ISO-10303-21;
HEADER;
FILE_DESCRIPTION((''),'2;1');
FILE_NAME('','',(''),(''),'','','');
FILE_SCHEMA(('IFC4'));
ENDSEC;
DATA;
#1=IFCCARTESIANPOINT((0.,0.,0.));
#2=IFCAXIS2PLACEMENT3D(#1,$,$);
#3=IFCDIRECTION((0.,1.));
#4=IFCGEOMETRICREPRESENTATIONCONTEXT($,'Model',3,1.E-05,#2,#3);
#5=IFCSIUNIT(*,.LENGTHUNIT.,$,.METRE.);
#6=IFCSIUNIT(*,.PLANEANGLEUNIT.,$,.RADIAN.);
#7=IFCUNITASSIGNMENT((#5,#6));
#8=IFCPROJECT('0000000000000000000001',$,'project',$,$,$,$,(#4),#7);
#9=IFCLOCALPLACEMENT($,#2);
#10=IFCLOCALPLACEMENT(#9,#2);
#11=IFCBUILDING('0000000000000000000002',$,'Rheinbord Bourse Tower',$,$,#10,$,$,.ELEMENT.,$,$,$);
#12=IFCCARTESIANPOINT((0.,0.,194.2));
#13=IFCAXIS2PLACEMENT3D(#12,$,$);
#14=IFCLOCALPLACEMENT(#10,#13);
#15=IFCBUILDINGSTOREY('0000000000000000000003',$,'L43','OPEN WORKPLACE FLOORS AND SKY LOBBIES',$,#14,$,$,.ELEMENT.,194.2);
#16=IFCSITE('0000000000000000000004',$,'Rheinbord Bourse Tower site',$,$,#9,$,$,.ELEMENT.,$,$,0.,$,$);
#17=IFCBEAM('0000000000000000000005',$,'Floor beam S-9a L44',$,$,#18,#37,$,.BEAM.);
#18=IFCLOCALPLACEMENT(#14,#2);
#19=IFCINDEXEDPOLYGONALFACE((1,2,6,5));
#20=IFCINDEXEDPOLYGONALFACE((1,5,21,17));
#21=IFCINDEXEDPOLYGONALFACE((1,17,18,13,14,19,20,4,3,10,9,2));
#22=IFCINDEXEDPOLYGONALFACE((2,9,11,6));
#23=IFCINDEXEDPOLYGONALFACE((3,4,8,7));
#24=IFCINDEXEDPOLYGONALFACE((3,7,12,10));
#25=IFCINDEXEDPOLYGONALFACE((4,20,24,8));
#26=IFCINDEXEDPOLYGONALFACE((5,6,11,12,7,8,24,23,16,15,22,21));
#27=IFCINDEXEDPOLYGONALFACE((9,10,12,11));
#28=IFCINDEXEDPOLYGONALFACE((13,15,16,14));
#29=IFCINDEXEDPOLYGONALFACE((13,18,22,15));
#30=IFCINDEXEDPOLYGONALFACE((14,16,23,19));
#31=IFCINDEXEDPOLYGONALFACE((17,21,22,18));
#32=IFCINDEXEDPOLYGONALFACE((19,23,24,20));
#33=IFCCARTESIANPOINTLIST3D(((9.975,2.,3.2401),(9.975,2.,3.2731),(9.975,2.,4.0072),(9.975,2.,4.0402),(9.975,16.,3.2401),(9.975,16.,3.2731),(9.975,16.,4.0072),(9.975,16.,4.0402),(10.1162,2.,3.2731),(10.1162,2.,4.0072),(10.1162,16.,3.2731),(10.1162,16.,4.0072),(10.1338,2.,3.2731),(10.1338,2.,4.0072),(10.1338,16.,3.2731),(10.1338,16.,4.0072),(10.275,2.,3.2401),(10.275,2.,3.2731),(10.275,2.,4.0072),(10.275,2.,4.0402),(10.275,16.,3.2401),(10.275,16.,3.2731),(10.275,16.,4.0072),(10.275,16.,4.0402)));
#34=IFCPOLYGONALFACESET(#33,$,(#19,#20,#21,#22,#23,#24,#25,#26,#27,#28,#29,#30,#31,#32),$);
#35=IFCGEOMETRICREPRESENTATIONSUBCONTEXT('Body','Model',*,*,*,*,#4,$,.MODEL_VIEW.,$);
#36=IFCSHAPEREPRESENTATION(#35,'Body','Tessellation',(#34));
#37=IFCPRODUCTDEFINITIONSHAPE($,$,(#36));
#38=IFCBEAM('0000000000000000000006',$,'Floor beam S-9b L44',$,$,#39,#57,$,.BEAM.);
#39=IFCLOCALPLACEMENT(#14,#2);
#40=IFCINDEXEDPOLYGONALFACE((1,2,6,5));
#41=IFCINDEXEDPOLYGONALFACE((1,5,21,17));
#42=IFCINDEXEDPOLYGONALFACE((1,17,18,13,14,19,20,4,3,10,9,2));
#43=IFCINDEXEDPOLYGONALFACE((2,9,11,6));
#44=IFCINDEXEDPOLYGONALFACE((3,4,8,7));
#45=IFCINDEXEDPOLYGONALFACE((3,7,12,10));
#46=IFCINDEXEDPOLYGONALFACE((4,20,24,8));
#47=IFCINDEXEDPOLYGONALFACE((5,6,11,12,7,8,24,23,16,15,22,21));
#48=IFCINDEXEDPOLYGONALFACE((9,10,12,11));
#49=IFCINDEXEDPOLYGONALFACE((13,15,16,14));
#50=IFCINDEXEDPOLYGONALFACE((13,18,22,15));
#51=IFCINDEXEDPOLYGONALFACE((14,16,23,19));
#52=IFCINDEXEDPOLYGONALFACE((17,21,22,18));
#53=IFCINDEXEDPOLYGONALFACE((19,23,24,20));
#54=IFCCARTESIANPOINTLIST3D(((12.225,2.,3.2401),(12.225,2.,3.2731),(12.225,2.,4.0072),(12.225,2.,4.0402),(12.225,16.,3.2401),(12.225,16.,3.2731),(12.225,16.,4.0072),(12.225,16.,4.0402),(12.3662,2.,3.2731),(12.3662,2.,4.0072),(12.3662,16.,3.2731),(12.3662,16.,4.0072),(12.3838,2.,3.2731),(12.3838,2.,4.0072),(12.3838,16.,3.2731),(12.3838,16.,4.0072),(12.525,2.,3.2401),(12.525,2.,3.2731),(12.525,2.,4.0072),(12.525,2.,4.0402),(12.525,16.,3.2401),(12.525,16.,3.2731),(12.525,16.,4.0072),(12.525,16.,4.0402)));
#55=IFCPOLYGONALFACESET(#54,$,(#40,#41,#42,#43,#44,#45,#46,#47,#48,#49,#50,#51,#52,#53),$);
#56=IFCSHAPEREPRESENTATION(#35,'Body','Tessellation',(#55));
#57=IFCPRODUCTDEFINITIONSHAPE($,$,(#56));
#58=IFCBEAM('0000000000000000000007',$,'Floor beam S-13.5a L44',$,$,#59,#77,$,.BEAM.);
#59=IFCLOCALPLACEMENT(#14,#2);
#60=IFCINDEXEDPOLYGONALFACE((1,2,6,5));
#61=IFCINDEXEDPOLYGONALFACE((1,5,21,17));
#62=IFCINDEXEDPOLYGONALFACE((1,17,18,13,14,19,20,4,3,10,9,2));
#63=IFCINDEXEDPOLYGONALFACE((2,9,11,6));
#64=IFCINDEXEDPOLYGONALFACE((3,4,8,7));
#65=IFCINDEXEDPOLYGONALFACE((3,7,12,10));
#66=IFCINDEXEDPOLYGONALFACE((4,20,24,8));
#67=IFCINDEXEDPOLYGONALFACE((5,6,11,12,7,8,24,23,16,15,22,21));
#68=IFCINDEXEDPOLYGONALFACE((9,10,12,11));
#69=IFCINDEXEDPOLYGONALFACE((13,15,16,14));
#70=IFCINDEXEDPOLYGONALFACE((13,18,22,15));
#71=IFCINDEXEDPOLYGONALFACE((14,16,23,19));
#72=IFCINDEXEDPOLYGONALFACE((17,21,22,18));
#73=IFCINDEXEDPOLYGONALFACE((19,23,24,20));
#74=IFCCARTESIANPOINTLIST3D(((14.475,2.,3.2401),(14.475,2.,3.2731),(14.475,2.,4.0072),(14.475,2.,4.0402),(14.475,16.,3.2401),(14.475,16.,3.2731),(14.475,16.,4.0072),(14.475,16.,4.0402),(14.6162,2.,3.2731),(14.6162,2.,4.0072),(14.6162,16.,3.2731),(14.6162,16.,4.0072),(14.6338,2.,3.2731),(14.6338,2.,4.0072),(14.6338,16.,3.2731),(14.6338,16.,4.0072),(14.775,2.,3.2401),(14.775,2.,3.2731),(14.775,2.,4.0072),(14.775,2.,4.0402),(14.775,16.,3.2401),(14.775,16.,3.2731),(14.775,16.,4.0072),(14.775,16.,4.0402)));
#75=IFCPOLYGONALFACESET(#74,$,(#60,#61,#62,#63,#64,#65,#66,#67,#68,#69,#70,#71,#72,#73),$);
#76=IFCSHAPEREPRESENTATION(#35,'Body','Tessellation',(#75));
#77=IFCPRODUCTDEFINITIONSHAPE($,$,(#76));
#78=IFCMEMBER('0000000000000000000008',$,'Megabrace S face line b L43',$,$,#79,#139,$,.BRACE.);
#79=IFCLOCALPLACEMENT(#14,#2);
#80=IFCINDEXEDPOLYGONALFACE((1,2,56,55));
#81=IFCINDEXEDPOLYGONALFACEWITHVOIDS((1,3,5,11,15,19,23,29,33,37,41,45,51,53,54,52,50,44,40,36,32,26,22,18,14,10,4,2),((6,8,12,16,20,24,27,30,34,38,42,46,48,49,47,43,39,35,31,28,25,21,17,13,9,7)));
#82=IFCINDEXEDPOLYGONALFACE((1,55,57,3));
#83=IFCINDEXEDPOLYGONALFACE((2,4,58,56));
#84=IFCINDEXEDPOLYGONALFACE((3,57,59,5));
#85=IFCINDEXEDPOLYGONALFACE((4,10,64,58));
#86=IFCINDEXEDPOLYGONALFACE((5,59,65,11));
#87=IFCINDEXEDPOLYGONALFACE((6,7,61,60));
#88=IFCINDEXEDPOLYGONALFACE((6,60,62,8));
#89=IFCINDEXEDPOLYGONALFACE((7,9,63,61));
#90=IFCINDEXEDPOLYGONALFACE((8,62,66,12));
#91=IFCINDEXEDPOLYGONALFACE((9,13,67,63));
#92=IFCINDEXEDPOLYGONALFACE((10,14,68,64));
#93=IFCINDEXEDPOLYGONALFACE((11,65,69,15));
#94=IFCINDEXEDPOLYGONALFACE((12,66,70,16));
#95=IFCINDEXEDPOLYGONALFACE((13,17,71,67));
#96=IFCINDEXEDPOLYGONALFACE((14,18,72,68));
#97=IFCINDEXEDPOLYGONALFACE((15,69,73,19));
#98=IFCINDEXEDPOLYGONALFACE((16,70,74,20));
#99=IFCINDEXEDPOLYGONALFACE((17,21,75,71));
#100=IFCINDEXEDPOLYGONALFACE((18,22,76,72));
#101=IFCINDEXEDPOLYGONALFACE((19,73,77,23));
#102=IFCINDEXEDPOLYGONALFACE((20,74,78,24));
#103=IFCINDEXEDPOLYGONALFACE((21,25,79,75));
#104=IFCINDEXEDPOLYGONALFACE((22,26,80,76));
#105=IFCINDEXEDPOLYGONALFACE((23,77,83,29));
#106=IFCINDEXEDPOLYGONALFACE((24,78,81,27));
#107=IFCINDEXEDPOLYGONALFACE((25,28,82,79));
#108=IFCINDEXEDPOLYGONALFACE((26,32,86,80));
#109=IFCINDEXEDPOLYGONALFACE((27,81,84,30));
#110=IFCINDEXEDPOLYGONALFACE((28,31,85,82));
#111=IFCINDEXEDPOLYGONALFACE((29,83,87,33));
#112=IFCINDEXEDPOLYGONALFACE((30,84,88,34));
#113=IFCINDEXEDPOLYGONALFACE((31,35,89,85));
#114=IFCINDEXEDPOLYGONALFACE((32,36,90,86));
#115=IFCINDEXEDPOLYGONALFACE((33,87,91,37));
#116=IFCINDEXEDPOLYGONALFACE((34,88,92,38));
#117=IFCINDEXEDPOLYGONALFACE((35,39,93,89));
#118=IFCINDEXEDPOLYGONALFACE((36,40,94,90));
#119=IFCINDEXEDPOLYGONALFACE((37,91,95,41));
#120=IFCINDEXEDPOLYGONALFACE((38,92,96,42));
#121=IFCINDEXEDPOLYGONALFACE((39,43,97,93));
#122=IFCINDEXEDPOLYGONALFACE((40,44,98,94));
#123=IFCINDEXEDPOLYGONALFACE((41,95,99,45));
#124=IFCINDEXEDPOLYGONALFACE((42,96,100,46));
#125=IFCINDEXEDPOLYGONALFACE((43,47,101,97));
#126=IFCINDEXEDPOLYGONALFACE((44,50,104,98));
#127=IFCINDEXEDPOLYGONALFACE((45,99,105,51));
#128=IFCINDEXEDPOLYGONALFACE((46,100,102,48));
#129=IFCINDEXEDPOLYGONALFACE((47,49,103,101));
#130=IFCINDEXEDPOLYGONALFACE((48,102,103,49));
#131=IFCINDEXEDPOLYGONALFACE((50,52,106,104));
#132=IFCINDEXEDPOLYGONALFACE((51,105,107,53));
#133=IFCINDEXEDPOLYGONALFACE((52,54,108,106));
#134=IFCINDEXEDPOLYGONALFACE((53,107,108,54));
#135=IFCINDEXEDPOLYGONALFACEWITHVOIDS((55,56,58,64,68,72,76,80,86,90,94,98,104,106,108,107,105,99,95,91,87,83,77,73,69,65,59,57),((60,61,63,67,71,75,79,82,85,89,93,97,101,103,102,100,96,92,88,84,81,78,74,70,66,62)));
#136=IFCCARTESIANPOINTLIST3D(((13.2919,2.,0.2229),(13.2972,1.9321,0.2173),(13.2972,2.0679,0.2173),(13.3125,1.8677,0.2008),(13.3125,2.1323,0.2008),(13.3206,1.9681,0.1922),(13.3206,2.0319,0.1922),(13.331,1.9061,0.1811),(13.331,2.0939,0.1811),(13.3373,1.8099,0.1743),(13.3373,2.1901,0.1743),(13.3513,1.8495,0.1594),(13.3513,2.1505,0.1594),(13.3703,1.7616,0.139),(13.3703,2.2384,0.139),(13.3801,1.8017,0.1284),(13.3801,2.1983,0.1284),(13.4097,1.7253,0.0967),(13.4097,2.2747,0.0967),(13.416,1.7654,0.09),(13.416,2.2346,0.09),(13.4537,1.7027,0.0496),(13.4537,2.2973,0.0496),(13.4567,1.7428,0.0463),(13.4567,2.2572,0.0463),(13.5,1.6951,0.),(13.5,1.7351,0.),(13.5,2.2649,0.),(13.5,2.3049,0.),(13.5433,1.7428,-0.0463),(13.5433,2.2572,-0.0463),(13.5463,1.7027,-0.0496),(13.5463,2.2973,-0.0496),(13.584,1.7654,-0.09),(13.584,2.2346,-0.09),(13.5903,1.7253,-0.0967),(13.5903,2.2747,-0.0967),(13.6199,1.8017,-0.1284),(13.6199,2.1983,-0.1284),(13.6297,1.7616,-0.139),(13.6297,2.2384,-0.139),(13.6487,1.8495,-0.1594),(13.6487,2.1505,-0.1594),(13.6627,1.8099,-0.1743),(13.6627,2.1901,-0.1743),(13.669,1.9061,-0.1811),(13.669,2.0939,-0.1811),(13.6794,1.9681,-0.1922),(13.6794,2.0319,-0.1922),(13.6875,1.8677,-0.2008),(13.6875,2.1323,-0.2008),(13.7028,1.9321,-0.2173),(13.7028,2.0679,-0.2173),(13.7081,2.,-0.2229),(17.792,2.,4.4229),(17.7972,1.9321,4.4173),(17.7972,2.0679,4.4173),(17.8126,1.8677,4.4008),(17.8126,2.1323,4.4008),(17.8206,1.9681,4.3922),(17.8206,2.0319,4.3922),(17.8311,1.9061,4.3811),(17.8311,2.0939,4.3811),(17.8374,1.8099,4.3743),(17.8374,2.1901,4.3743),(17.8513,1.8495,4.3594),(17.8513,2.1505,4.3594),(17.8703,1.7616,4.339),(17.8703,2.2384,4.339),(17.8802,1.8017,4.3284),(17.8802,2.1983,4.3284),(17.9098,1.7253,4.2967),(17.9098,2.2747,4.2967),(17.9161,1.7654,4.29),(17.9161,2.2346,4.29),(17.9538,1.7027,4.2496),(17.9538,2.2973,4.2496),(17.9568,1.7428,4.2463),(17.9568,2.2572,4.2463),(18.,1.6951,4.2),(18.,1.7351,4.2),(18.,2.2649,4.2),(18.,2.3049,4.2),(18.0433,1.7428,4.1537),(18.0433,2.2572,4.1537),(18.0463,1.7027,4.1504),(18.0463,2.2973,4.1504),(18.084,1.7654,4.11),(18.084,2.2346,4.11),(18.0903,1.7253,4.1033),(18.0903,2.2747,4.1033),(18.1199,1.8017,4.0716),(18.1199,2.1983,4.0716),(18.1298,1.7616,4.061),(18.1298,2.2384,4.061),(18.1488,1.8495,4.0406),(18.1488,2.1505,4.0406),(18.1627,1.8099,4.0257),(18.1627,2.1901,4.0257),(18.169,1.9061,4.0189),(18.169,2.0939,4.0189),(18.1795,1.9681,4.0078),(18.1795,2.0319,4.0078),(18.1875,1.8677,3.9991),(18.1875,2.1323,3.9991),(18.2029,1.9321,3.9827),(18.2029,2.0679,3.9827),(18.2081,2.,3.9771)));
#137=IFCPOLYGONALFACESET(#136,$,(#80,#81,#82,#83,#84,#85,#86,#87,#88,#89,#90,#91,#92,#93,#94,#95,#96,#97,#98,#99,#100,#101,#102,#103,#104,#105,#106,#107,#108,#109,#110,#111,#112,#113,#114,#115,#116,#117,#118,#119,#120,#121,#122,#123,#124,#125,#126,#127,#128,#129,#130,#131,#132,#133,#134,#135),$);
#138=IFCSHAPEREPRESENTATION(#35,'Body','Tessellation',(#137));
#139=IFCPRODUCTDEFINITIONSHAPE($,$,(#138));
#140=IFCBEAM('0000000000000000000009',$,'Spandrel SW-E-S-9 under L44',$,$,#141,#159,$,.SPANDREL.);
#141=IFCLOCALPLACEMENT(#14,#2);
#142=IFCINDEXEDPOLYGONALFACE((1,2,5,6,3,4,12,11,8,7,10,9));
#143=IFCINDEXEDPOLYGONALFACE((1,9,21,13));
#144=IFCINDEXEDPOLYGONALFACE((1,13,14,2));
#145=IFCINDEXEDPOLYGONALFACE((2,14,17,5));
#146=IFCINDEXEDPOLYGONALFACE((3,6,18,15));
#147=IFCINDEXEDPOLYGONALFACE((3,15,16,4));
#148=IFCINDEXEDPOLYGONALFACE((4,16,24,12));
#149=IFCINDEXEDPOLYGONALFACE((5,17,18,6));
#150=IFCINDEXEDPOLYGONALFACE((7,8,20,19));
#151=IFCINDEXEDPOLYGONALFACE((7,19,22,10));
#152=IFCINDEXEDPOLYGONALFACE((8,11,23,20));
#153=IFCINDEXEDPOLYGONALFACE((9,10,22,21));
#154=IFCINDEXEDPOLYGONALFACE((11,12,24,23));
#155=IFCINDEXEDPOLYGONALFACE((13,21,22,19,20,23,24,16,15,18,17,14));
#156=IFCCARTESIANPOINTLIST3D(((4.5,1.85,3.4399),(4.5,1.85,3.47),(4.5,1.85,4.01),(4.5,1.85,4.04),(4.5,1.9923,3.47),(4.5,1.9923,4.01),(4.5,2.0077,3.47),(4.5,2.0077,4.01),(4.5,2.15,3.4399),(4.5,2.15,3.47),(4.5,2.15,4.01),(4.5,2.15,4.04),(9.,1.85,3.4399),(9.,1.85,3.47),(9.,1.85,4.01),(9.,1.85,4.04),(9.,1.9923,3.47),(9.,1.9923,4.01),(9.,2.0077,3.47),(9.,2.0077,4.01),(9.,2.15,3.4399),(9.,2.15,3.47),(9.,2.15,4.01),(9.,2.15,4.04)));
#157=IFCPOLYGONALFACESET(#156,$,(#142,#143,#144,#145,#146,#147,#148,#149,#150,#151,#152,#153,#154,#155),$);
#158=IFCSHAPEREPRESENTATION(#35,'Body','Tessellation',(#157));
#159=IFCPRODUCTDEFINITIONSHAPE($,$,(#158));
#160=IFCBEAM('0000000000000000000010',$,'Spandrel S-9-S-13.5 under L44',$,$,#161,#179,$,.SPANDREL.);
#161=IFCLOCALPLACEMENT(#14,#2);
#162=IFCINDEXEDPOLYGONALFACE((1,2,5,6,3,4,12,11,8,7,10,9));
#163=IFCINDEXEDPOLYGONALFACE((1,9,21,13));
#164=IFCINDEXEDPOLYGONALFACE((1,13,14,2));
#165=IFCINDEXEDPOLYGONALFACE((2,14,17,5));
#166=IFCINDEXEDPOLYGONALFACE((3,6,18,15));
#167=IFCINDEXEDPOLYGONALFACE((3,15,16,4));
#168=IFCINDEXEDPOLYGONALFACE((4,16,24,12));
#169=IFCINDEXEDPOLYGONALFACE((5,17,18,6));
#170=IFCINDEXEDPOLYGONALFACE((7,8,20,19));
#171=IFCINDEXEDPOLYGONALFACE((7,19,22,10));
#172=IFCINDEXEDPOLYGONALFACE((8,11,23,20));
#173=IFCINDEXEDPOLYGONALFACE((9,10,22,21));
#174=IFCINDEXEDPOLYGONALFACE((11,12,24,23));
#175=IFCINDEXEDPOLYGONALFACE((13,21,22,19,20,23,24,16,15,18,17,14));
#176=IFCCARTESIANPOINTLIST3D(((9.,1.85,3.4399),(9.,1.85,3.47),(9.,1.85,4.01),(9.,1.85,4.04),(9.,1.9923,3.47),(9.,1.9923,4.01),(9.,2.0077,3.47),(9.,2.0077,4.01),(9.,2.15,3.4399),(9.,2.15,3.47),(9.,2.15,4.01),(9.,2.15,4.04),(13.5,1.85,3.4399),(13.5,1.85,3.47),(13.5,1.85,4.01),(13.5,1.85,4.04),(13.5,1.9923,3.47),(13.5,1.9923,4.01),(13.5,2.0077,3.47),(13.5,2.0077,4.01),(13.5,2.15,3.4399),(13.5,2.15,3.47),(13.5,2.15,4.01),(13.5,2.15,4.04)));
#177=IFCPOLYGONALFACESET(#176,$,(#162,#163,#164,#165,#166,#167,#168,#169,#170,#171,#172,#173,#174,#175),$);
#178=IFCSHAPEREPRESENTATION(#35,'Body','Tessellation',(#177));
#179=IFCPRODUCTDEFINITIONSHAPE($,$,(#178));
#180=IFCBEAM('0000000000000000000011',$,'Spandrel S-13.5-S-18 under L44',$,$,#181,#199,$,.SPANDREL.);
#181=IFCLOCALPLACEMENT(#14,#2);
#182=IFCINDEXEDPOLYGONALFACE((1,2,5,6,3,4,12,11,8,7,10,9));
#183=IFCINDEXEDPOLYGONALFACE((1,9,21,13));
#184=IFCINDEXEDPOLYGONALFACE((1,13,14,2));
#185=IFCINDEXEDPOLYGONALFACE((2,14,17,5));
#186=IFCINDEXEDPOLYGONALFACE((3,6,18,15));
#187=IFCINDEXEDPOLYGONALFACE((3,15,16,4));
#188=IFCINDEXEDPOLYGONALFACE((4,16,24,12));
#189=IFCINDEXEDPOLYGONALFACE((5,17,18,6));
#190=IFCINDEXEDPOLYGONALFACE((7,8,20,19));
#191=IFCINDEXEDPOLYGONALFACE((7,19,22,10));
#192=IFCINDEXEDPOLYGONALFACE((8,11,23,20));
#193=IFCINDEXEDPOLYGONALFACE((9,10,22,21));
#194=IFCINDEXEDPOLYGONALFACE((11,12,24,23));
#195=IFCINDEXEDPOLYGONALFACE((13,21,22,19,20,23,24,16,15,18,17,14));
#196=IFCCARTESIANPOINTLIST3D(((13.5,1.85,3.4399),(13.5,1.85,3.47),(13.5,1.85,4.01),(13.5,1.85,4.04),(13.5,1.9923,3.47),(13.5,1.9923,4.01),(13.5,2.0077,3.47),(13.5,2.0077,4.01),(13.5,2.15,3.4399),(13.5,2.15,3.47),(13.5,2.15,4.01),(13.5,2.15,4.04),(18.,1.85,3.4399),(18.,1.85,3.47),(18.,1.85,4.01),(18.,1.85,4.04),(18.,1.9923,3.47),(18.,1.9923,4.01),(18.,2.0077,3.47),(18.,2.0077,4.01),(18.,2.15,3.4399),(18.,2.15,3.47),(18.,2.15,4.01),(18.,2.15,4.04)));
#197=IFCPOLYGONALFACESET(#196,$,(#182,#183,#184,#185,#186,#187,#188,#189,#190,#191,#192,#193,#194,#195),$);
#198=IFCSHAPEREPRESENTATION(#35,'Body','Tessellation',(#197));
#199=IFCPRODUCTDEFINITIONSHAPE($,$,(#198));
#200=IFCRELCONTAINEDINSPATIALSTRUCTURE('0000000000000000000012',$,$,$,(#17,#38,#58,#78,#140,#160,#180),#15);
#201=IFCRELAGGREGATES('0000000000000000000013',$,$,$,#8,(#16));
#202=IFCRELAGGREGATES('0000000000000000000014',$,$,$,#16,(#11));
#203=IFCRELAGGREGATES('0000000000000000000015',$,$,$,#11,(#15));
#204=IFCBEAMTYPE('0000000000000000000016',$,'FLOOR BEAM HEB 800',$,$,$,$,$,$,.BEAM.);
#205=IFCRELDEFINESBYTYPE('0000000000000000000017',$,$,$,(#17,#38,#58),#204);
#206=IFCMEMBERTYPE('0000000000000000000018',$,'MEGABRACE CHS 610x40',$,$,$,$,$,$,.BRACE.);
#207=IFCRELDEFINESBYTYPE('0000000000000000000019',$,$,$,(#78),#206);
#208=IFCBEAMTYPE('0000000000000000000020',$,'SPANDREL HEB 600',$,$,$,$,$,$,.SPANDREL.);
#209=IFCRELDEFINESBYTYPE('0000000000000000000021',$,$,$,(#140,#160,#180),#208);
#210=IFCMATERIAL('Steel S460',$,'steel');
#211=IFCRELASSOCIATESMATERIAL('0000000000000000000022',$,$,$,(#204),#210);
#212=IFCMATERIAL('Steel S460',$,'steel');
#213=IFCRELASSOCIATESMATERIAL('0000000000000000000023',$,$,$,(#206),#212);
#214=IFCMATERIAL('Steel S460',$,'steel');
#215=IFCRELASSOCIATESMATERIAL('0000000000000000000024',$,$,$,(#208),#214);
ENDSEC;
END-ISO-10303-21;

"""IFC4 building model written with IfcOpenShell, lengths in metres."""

from ifc_helpers import new_model, si_unit, direction, frame, origin, origin_2d, place, context, subcontext, project, spatial, hollow_circle, i_section, extrude, material, material_profile, profile_set, type_object, element, save


model = new_model("IFC4")

# Units and contexts
model_context = context("Model", 3, precision=1e-05, world=origin(), true_north=direction((0.0, 1.0)))
body_context = subcontext(model_context, "Body", "Model", "MODEL_VIEW")
ifc_project = project(units=[si_unit("LENGTHUNIT", "METRE"), si_unit("PLANEANGLEUNIT", "RADIAN")], contexts=[model_context])

# Site, building, storey
site_placement = place(None, origin())
site = spatial("IfcSite", under=ifc_project, at=site_placement, Name="Rheinbord Bourse Tower site", CompositionType="ELEMENT", RefElevation=0.0)
building_placement = place(site_placement, origin())
building = spatial("IfcBuilding", under=site, at=building_placement, Name="Rheinbord Bourse Tower", CompositionType="ELEMENT")
storey_placement = place(building_placement, frame((0.0, 0.0, 194.2)))
storey = spatial("IfcBuildingStorey", under=building, at=storey_placement, Name="L43", Description="OPEN WORKPLACE FLOORS AND SKY LOBBIES", CompositionType="ELEMENT", Elevation=194.2)

# Beams
ifc_material_1 = material(Name="Steel S460", Category="steel")
ifc_material_profile_1 = material_profile(ifc_material_1, i_section(OverallWidth=0.3, OverallDepth=0.8, WebThickness=0.0176, FlangeThickness=0.033, at=origin_2d()), Name="HEB 800")
ifc_profile_set_1 = profile_set([ifc_material_profile_1], Name="Steel S460")
beam_type_1 = type_object("IfcBeamType", Name="FLOOR BEAM HEB 800", PredefinedType="BEAM", material=ifc_profile_set_1)
for number, where, z_axis, x_axis, name in (
    (1, (10.125, 2.0, 3.6401), (0.0, 1.0, 0.0), (-1.0, 0.0, 0.0), "Floor beam S-9a L44"),
    (2, (12.375, 2.0, 3.6401), (0.0, 1.0, 0.0), (-1.0, 0.0, 0.0), "Floor beam S-9b L44"),
    (3, (14.625, 2.0, 3.6401), (0.0, 1.0, 0.0), (-1.0, 0.0, 0.0), "Floor beam S-13.5a L44"),
):
    element("IfcBeam", number, at=place(storey_placement, frame(where, z_axis=z_axis, x_axis=x_axis)), inside=storey, type_object=beam_type_1, Name=name, PredefinedType="BEAM", context=body_context, shape_type="SweptSolid", body=[
        extrude(i_section(OverallWidth=0.3, OverallDepth=0.8, WebThickness=0.0176, FlangeThickness=0.033, at=origin_2d()), origin(), (0.0, 0.0, 1.0), 14.0),
    ])

# Member
ifc_material_2 = material(Name="Steel S460", Category="steel")
ifc_material_profile_2 = material_profile(ifc_material_2, hollow_circle(Radius=0.3049, WallThickness=0.04, at=origin_2d()), Name="CHS 610x40")
ifc_profile_set_2 = profile_set([ifc_material_profile_2], Name="Steel S460")
member_type_1 = type_object("IfcMemberType", Name="MEGABRACE CHS 610x40", PredefinedType="BRACE", material=ifc_profile_set_2)
member_1_placement = place(storey_placement, frame((13.5, 2.0, 0.0), z_axis=(0.731059, 0.0, 0.682314), x_axis=(0.0, 1.0, 0.0)))
element("IfcMember", 4, at=member_1_placement, inside=storey, type_object=member_type_1, Name="Megabrace S face line b L43", PredefinedType="BRACE", context=body_context, shape_type="SweptSolid", body=[
    extrude(hollow_circle(Radius=0.3049, WallThickness=0.04, at=origin_2d()), origin(), (0.0, 0.0, 1.0), 6.1555),
])

# Beams
ifc_material_3 = material(Name="Steel S460", Category="steel")
ifc_material_profile_3 = material_profile(ifc_material_3, i_section(OverallWidth=0.3, OverallDepth=0.6001, WebThickness=0.0154, FlangeThickness=0.03, at=origin_2d()), Name="HEB 600")
ifc_profile_set_3 = profile_set([ifc_material_profile_3], Name="Steel S460")
beam_type_2 = type_object("IfcBeamType", Name="SPANDREL HEB 600", PredefinedType="SPANDREL", material=ifc_profile_set_3)
for number, where, z_axis, x_axis, name in (
    (5, (4.5, 2.0, 3.74), (1.0, 0.0, 0.0), (0.0, 1.0, 0.0), "Spandrel SW-E-S-9 under L44"),
    (6, (9.0, 2.0, 3.74), (1.0, 0.0, 0.0), (0.0, 1.0, 0.0), "Spandrel S-9-S-13.5 under L44"),
    (7, (13.5, 2.0, 3.74), (1.0, 0.0, 0.0), (0.0, 1.0, 0.0), "Spandrel S-13.5-S-18 under L44"),
):
    element("IfcBeam", number, at=place(storey_placement, frame(where, z_axis=z_axis, x_axis=x_axis)), inside=storey, type_object=beam_type_2, Name=name, PredefinedType="SPANDREL", context=body_context, shape_type="SweptSolid", body=[
        extrude(i_section(OverallWidth=0.3, OverallDepth=0.6001, WebThickness=0.0154, FlangeThickness=0.03, at=origin_2d()), origin(), (0.0, 0.0, 1.0), 4.5),
    ])

save(model, "model.ifc")
